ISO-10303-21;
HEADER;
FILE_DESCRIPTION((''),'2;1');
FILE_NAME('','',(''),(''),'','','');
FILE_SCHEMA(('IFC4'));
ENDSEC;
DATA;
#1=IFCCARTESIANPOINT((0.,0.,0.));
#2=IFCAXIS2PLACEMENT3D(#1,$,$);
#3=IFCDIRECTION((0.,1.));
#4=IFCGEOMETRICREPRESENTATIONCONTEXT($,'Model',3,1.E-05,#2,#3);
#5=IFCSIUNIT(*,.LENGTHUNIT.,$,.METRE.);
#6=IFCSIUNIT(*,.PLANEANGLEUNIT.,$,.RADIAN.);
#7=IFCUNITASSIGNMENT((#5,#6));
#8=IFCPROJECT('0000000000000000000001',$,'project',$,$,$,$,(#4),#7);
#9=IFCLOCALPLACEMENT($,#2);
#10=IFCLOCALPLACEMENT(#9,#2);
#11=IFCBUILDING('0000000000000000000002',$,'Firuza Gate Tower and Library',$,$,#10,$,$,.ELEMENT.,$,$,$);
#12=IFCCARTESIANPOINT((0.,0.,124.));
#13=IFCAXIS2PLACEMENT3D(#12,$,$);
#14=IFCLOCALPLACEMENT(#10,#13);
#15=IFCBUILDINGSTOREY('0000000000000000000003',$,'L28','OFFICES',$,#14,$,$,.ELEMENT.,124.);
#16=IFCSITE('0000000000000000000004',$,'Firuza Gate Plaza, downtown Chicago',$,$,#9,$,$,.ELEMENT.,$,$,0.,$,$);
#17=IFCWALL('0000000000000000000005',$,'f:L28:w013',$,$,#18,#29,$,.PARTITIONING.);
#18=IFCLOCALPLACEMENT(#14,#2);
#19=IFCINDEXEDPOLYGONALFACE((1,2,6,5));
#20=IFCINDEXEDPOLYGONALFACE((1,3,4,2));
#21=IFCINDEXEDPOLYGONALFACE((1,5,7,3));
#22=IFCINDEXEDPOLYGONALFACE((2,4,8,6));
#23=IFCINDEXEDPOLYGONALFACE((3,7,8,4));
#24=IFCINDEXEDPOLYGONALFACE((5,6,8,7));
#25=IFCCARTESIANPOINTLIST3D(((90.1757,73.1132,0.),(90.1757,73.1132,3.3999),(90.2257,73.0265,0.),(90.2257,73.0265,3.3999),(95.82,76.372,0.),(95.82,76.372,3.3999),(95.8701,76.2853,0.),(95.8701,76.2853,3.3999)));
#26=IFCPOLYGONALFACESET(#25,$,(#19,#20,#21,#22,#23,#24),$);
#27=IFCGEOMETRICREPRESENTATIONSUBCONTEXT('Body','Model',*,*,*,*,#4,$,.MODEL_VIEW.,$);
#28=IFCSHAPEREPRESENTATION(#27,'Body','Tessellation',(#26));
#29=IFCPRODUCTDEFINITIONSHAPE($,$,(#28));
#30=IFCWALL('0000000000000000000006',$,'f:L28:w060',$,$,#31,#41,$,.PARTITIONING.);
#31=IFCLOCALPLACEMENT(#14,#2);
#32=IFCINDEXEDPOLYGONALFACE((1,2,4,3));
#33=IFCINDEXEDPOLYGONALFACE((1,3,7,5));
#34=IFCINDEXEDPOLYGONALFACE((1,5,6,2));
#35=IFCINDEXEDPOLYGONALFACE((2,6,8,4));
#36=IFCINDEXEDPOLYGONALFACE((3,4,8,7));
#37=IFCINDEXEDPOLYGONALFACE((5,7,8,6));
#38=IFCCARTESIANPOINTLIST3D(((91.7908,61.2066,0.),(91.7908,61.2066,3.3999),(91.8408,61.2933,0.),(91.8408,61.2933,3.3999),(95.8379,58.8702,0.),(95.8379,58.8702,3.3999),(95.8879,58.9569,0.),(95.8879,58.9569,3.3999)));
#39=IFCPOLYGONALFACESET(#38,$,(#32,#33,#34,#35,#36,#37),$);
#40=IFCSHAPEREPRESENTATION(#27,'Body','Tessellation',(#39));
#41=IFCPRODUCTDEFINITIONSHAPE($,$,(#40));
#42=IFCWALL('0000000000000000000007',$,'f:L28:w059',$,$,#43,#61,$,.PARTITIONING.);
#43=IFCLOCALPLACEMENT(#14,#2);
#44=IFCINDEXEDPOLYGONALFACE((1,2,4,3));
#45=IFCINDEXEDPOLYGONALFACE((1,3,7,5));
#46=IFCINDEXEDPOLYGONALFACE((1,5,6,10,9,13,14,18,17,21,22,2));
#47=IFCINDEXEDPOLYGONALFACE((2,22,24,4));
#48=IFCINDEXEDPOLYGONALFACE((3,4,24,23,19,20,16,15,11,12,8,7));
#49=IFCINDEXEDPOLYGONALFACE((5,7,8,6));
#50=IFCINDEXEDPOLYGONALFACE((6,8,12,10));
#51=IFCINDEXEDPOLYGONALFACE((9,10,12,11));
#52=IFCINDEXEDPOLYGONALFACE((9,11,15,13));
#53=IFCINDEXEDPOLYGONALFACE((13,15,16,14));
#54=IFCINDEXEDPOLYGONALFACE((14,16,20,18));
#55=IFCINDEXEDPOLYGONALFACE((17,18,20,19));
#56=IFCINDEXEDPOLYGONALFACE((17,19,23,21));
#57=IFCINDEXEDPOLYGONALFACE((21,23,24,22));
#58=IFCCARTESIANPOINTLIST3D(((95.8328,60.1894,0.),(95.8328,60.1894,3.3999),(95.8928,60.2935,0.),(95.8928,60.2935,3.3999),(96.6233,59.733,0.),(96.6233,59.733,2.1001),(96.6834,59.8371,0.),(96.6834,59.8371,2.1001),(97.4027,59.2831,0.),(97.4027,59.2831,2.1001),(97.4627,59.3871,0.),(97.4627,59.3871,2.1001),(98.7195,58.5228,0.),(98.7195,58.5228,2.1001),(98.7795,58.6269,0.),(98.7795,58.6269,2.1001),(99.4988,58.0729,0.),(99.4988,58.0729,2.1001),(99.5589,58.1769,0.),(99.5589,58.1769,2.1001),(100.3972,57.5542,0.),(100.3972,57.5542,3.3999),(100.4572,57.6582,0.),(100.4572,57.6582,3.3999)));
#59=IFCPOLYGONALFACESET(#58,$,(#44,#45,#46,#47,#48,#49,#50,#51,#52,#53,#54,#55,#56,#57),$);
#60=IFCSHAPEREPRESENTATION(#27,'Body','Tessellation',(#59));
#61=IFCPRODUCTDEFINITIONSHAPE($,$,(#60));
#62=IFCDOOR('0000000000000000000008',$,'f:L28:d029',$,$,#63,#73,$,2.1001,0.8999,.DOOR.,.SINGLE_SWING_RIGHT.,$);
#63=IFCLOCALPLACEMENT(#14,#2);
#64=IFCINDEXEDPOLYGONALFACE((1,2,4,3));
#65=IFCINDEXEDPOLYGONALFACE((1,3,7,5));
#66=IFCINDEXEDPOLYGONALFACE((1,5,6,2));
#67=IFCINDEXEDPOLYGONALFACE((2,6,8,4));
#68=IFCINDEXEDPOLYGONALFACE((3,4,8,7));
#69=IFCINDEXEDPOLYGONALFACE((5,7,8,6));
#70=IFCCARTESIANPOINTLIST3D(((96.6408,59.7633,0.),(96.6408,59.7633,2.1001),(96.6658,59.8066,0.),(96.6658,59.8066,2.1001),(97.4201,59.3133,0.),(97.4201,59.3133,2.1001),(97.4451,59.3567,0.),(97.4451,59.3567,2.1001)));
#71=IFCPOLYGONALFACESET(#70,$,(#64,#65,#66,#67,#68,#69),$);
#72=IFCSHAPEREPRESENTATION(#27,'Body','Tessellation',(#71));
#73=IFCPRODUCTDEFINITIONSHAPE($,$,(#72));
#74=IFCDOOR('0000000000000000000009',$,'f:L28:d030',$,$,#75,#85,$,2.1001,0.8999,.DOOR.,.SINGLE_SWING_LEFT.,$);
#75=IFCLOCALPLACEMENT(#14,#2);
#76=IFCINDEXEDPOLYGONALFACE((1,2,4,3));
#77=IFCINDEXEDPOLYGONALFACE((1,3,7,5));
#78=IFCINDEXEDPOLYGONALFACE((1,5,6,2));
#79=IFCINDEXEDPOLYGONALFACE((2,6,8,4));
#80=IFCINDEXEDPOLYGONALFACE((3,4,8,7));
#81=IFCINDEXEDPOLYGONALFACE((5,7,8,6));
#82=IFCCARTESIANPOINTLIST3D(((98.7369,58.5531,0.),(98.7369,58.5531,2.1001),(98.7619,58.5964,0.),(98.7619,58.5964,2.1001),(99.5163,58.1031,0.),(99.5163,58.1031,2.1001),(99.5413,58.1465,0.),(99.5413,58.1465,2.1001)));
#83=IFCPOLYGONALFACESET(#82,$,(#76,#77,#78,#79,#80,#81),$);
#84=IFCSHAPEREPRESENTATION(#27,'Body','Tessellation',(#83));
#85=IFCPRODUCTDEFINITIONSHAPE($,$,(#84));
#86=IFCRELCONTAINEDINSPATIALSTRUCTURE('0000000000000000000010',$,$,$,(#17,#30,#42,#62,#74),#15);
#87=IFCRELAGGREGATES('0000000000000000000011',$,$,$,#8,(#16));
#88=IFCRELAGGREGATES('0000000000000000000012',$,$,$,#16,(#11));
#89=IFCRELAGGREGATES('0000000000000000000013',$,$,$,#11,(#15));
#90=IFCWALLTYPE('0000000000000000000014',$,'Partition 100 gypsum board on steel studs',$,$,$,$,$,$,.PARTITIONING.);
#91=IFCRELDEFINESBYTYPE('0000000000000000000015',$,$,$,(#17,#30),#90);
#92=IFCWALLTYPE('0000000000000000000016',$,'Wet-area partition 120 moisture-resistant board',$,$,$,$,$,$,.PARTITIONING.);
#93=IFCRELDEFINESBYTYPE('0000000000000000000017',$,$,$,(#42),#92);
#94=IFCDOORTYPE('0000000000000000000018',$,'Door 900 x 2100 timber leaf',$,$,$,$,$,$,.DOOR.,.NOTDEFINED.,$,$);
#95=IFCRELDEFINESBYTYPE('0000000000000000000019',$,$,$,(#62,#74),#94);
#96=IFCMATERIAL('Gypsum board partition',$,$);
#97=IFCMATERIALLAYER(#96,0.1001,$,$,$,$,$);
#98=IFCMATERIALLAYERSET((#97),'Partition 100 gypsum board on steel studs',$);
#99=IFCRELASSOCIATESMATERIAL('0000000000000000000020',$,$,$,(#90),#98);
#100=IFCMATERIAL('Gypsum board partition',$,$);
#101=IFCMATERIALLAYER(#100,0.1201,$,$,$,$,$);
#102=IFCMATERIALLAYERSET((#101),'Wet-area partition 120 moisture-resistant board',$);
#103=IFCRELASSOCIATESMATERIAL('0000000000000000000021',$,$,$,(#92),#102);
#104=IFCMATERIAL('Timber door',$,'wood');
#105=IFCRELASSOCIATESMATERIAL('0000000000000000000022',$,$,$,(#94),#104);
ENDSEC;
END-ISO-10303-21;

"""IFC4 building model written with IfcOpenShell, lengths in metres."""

from ifc_helpers import new_model, si_unit, direction, frame, frame_2d, origin, place, context, subcontext, project, spatial, rectangle, extrude, material, layer, layer_set, type_object, element, fill, save


model = new_model("IFC4")

# Units and contexts
model_context = context("Model", 3, precision=1e-05, world=origin(), true_north=direction((0.0, 1.0)))
body_context = subcontext(model_context, "Body", "Model", "MODEL_VIEW")
ifc_project = project(units=[si_unit("LENGTHUNIT", "METRE"), si_unit("PLANEANGLEUNIT", "RADIAN")], contexts=[model_context])

# Site, building, storey
site_placement = place(None, origin())
site = spatial("IfcSite", under=ifc_project, at=site_placement, Name="Firuza Gate Plaza, downtown Chicago", CompositionType="ELEMENT", RefElevation=0.0)
building_placement = place(site_placement, origin())
building = spatial("IfcBuilding", under=site, at=building_placement, Name="Firuza Gate Tower and Library", CompositionType="ELEMENT")
storey_placement = place(building_placement, frame((0.0, 0.0, 124.0)))
storey = spatial("IfcBuildingStorey", under=building, at=storey_placement, Name="L28", Description="OFFICES", CompositionType="ELEMENT", Elevation=124.0)

# Walls
ifc_material_1 = material(Name="Gypsum board partition")
ifc_layer_1 = layer(ifc_material_1, 0.1001)
ifc_layer_set_1 = layer_set([ifc_layer_1], Name="Partition 100 gypsum board on steel studs")
wall_type_1 = type_object("IfcWallType", Name="Partition 100 gypsum board on steel studs", PredefinedType="PARTITIONING", material=ifc_layer_set_1)
wall_1_placement = place(storey_placement, frame((90.2007, 73.0698, 0.0), z_axis=(0.0, 0.0, 1.0), x_axis=(0.866022, 0.500007, 0.0)))
element("IfcWall", 1, at=wall_1_placement, inside=storey, type_object=wall_type_1, Name="f:L28:w013", PredefinedType="PARTITIONING", context=body_context, shape_type="SweptSolid", body=[
    extrude(rectangle(XDim=6.5176, YDim=0.1001, at=frame_2d((3.2588, 0.0))), origin(), (0.0, 0.0, 1.0), 3.3999),
])
wall_2_placement = place(storey_placement, frame((95.8628, 58.9136, 0.0), z_axis=(0.0, 0.0, 1.0), x_axis=(-0.866042, 0.499971, 0.0)))
element("IfcWall", 2, at=wall_2_placement, inside=storey, type_object=wall_type_1, Name="f:L28:w060", PredefinedType="PARTITIONING", context=body_context, shape_type="SweptSolid", body=[
    extrude(rectangle(XDim=4.6731, YDim=0.1001, at=frame_2d((2.3364, 0.0))), origin(), (0.0, 0.0, 1.0), 3.3999),
])

# Wall, openings, doors
ifc_material_2 = material(Name="Gypsum board partition")
ifc_layer_2 = layer(ifc_material_2, 0.1201)
ifc_layer_set_2 = layer_set([ifc_layer_2], Name="Wet-area partition 120 moisture-resistant board")
wall_type_2 = type_object("IfcWallType", Name="Wet-area partition 120 moisture-resistant board", PredefinedType="PARTITIONING", material=ifc_layer_set_2)
wall_3_placement = place(storey_placement, frame((95.8628, 60.2415, 0.0), z_axis=(0.0, 0.0, 1.0), x_axis=(0.866028, -0.499995, 0.0)))
wall_3 = element("IfcWall", 3, at=wall_3_placement, inside=storey, type_object=wall_type_2, Name="f:L28:w059", PredefinedType="PARTITIONING", context=body_context, shape_type="SweptSolid", body=[
    extrude(rectangle(XDim=5.2705, YDim=0.1201, at=frame_2d((2.6353, 0.0))), origin(), (0.0, 0.0, 1.0), 3.3999),
])
opening_1_placement = place(wall_3_placement, frame((0.9128, 0.0, 0.0)))
opening_1 = element("IfcOpeningElement", 4, at=opening_1_placement, cuts=wall_3, PredefinedType="OPENING", context=body_context, shape_type="SweptSolid", body=[
    extrude(rectangle(XDim=0.8999, YDim=2.1001, at=frame_2d((0.45, 1.05))), frame((0.0, 0.0701, 0.0), z_axis=(0.0, -1.0, 0.0), x_axis=(1.0, 0.0, 0.0)), (0.0, 0.0, 1.0), 0.1401),
])
opening_2_placement = place(wall_3_placement, frame((3.3333, 0.0, 0.0)))
opening_2 = element("IfcOpeningElement", 5, at=opening_2_placement, cuts=wall_3, PredefinedType="OPENING", context=body_context, shape_type="SweptSolid", body=[
    extrude(rectangle(XDim=0.8999, YDim=2.1001, at=frame_2d((0.45, 1.05))), frame((0.0, 0.0701, 0.0), z_axis=(0.0, -1.0, 0.0), x_axis=(1.0, 0.0, 0.0)), (0.0, 0.0, 1.0), 0.1401),
])
ifc_material_3 = material(Name="Timber door", Category="wood")
door_type_1 = type_object("IfcDoorType", Name="Door 900 x 2100 timber leaf", OperationType="NOTDEFINED", PredefinedType="DOOR", material=ifc_material_3)
door_1_placement = place(opening_1_placement, origin())
door_1 = element("IfcDoor", 6, at=door_1_placement, inside=storey, type_object=door_type_1, Name="f:L28:d029", OperationType="SINGLE_SWING_RIGHT", OverallHeight=2.1001, OverallWidth=0.8999, PredefinedType="DOOR", context=body_context, shape_type="SweptSolid", body=[
    extrude(rectangle(XDim=0.8999, YDim=2.1001, at=frame_2d((0.45, 1.05))), frame((0.0, 0.0249, 0.0), z_axis=(0.0, -1.0, 0.0), x_axis=(1.0, 0.0, 0.0)), (0.0, 0.0, 1.0), 0.05),
])
fill(opening_1, door_1)
door_2_placement = place(opening_2_placement, origin())
door_2 = element("IfcDoor", 7, at=door_2_placement, inside=storey, type_object=door_type_1, Name="f:L28:d030", OperationType="SINGLE_SWING_LEFT", OverallHeight=2.1001, OverallWidth=0.8999, PredefinedType="DOOR", context=body_context, shape_type="SweptSolid", body=[
    extrude(rectangle(XDim=0.8999, YDim=2.1001, at=frame_2d((0.45, 1.05))), frame((0.0, 0.0249, 0.0), z_axis=(0.0, -1.0, 0.0), x_axis=(1.0, 0.0, 0.0)), (0.0, 0.0, 1.0), 0.05),
])
fill(opening_2, door_2)

save(model, "model.ifc")
